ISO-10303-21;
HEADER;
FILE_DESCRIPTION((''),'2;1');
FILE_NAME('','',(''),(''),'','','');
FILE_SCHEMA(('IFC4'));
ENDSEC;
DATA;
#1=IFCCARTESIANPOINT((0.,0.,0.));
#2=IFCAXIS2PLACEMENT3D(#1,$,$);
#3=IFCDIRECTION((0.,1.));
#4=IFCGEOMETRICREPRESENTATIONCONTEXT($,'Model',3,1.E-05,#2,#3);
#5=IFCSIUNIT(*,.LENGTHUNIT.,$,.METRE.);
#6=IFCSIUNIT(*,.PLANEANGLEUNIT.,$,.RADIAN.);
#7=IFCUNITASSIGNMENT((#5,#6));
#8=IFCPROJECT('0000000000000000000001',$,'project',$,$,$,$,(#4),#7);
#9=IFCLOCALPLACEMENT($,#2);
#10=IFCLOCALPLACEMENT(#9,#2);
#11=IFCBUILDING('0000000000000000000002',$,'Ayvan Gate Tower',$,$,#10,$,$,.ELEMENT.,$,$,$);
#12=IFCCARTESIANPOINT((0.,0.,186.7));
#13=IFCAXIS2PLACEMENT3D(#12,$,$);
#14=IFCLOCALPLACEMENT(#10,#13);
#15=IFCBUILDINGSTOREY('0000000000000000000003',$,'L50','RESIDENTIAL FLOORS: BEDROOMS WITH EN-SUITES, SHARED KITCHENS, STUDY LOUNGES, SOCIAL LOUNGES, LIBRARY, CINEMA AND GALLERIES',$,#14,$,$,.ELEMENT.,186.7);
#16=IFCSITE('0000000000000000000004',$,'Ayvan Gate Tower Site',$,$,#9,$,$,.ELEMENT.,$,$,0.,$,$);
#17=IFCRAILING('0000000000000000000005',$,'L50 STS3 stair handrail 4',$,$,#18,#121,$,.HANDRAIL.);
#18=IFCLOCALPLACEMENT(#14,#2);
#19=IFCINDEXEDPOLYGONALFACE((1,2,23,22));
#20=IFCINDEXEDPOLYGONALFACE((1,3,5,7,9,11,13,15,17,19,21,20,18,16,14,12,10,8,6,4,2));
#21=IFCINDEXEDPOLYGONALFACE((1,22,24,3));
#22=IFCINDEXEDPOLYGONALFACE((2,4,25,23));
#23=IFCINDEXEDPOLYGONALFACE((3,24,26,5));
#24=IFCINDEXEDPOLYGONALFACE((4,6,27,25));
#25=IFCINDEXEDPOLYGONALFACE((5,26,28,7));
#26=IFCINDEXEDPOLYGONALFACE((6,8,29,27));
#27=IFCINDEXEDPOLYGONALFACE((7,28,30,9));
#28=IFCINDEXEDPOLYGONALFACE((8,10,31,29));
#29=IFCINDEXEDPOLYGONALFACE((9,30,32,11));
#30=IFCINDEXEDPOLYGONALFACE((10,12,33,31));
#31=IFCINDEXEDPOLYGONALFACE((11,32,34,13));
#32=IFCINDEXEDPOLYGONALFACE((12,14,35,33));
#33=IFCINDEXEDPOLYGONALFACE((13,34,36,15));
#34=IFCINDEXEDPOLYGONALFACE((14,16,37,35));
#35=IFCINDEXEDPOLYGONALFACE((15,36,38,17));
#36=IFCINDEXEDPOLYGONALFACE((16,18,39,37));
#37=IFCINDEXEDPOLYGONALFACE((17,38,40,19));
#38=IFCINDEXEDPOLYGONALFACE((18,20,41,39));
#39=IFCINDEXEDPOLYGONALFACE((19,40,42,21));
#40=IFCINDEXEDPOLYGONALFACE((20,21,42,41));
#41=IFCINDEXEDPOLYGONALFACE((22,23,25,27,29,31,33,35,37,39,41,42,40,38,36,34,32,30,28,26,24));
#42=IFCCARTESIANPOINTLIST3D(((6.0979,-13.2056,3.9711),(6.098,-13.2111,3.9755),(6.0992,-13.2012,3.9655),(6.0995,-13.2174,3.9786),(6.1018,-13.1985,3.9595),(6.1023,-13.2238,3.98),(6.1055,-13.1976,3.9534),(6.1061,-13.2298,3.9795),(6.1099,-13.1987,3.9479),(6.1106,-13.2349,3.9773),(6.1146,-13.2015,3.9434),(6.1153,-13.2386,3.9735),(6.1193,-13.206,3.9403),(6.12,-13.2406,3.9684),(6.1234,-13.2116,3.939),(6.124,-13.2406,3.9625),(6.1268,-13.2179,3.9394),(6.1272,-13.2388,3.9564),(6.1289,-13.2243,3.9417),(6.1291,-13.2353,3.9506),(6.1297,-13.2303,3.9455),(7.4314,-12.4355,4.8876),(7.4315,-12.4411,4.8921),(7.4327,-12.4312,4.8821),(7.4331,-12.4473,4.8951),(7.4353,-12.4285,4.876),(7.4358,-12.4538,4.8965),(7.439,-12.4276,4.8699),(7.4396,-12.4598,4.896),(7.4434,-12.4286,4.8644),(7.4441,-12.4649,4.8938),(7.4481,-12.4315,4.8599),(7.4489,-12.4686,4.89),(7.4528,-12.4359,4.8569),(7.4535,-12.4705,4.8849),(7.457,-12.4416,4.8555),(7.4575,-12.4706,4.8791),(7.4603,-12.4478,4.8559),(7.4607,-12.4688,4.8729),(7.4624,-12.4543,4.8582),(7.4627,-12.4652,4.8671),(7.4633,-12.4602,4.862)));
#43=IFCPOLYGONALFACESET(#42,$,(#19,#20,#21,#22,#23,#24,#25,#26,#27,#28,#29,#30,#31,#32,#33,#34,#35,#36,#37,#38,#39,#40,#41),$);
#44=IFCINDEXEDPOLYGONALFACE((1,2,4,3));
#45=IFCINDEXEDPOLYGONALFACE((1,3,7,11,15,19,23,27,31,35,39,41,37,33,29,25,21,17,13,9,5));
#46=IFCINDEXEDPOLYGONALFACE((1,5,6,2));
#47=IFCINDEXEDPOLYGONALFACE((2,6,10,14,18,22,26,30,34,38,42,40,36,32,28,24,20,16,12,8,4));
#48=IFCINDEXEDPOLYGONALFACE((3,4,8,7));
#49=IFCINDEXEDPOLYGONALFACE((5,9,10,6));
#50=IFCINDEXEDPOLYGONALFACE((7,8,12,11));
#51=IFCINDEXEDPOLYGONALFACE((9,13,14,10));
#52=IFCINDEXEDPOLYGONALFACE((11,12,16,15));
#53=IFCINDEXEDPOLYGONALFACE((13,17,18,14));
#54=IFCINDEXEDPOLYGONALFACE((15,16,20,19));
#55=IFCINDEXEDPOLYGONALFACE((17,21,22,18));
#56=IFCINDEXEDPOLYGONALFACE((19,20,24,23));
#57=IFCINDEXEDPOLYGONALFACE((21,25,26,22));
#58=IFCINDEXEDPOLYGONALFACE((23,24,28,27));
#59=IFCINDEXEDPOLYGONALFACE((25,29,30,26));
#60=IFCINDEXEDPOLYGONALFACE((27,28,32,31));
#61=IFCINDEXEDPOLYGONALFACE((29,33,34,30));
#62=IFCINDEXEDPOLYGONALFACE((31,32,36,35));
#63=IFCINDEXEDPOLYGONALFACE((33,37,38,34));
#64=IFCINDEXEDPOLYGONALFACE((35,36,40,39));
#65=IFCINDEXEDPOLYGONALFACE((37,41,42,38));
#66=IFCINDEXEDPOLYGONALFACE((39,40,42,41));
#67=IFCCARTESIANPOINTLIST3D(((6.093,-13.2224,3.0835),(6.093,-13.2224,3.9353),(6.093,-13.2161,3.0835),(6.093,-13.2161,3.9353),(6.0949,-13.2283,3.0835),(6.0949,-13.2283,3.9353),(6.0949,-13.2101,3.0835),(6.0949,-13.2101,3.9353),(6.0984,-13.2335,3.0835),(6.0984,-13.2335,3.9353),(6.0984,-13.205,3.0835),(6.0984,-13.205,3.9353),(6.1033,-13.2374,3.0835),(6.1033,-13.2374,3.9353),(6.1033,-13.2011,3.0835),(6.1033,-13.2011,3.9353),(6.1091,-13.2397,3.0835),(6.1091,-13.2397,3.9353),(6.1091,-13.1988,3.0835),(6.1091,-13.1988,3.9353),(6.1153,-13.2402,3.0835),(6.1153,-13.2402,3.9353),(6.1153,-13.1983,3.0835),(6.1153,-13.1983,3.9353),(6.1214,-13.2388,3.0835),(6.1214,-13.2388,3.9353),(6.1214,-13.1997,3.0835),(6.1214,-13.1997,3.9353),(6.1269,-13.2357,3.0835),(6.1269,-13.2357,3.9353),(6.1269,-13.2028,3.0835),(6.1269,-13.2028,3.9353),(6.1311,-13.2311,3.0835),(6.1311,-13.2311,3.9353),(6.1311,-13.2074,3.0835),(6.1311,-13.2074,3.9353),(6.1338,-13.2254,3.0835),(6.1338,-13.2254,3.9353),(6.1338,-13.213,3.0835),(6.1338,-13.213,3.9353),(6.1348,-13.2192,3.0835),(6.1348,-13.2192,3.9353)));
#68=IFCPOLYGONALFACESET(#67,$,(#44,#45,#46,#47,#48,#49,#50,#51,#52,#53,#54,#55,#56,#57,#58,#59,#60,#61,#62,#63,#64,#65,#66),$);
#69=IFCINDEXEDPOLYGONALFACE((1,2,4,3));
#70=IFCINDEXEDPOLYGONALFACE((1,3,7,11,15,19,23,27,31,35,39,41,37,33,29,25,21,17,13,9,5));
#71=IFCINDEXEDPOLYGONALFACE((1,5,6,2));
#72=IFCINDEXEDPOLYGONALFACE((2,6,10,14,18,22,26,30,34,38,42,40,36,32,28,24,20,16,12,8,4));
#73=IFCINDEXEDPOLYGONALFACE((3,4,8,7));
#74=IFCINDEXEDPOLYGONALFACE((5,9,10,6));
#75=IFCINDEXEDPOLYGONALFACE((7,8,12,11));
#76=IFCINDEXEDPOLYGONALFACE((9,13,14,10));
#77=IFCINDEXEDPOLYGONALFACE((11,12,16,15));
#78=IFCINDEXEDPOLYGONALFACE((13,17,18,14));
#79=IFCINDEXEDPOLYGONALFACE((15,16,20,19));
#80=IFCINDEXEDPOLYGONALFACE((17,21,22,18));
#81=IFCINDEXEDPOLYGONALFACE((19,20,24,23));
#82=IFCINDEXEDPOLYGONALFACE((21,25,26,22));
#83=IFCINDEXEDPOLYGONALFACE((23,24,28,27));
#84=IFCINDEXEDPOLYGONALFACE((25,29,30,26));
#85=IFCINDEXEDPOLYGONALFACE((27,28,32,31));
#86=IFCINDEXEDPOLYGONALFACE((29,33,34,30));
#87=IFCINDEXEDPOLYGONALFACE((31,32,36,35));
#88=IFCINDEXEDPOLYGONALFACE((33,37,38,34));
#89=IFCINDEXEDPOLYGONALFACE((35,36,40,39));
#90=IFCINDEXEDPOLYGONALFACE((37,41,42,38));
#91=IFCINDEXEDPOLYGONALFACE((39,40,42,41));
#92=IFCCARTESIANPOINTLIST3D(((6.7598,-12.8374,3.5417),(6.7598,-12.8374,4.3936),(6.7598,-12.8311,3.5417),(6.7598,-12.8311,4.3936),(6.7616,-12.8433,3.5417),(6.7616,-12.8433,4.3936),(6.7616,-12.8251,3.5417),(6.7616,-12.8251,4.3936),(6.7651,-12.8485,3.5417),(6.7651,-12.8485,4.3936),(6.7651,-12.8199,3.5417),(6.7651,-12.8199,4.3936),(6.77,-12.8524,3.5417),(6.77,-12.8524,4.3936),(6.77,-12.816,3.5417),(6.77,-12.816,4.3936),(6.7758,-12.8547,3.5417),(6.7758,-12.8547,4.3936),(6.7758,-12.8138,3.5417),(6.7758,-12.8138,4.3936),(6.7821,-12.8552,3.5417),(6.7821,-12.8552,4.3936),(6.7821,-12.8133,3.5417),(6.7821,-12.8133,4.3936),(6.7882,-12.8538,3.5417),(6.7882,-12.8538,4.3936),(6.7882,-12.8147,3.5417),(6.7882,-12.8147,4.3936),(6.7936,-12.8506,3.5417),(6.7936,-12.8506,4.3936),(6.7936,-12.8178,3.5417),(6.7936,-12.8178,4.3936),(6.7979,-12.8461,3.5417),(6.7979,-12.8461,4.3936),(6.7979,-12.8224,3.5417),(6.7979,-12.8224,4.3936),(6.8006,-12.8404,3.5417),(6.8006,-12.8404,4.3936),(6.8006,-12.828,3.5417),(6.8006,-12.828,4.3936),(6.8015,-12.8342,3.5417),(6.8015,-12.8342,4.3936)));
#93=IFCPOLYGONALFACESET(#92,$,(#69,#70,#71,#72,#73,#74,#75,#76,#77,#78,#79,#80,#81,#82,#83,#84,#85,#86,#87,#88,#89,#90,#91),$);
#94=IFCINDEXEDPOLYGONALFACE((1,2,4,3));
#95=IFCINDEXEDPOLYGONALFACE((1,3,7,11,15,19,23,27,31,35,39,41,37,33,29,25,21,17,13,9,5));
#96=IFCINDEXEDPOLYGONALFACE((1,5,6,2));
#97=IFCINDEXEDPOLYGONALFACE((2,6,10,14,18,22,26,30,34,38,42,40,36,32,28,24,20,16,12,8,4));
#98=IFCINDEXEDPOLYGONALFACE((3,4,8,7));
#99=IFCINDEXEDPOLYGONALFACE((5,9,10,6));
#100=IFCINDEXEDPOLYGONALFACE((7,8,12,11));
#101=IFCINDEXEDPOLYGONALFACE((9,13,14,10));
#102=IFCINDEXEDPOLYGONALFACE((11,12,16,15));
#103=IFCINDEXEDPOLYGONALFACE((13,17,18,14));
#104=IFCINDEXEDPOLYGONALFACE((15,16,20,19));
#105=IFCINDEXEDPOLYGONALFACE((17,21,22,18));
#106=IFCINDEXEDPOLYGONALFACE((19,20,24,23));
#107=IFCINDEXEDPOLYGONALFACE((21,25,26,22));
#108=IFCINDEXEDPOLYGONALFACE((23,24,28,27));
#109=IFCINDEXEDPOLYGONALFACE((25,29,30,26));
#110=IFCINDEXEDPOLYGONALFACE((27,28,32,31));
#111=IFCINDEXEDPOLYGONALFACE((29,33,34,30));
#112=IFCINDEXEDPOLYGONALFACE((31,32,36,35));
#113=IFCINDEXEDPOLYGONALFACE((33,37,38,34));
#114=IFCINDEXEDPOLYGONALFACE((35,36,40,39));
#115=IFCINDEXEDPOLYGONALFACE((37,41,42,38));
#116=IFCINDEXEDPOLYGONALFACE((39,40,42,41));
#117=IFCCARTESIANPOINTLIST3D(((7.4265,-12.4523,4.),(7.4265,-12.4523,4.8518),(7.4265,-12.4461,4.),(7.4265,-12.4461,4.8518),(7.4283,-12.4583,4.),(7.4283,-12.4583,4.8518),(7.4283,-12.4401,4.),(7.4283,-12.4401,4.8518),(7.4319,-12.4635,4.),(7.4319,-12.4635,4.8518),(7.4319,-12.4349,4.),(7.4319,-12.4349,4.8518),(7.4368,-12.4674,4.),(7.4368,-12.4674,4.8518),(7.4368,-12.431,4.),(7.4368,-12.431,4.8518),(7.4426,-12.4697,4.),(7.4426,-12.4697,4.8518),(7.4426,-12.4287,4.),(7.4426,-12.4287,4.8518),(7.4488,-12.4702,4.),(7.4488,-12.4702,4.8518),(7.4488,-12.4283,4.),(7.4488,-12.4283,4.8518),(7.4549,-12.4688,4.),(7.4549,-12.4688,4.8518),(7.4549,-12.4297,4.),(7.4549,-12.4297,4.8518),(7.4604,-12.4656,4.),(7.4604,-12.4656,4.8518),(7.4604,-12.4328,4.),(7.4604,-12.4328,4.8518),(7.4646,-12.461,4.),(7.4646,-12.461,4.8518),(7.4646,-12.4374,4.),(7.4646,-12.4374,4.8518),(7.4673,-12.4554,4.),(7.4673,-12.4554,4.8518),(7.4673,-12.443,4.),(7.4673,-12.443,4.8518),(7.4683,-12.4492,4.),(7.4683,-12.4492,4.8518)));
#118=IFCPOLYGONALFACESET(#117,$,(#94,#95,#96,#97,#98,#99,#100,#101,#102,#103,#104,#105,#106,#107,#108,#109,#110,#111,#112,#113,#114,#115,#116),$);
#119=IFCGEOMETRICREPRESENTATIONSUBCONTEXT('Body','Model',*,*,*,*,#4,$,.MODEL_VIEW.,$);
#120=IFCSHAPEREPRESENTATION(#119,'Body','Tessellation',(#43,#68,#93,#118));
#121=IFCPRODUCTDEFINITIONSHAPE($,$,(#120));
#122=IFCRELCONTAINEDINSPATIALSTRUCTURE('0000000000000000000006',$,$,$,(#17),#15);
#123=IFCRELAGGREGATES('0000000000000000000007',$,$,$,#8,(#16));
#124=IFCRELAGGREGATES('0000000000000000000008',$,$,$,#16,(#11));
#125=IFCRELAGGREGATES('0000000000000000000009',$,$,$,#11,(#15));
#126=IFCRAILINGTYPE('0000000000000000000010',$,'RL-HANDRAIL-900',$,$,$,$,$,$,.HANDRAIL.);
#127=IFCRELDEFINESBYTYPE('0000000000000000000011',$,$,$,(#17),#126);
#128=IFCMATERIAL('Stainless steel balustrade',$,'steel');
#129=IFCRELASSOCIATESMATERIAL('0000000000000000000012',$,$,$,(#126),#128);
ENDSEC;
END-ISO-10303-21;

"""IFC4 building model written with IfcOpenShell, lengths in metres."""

from ifc_helpers import new_model, si_unit, direction, frame, origin, origin_2d, place, context, subcontext, project, spatial, circle, extrude, material, type_object, element, save


model = new_model("IFC4")

# Units and contexts
model_context = context("Model", 3, precision=1e-05, world=origin(), true_north=direction((0.0, 1.0)))
body_context = subcontext(model_context, "Body", "Model", "MODEL_VIEW")
ifc_project = project(units=[si_unit("LENGTHUNIT", "METRE"), si_unit("PLANEANGLEUNIT", "RADIAN")], contexts=[model_context])

# Site, building, storey
site_placement = place(None, origin())
site = spatial("IfcSite", under=ifc_project, at=site_placement, Name="Ayvan Gate Tower Site", CompositionType="ELEMENT", RefElevation=0.0)
building_placement = place(site_placement, origin())
building = spatial("IfcBuilding", under=site, at=building_placement, Name="Ayvan Gate Tower", CompositionType="ELEMENT")
storey_placement = place(building_placement, frame((0.0, 0.0, 186.7)))
storey = spatial("IfcBuildingStorey", under=building, at=storey_placement, Name="L50", Description="RESIDENTIAL FLOORS: BEDROOMS WITH EN-SUITES, SHARED KITCHENS, STUDY LOUNGES, SOCIAL LOUNGES, LIBRARY, CINEMA AND GALLERIES", CompositionType="ELEMENT", Elevation=186.7)

# Railing
ifc_material_1 = material(Name="Stainless steel balustrade", Category="steel")
railing_type_1 = type_object("IfcRailingType", Name="RL-HANDRAIL-900", PredefinedType="HANDRAIL", material=ifc_material_1)
railing_1_placement = place(storey_placement, frame((6.1138, -13.2192, 3.0835)))
element("IfcRailing", 1, at=railing_1_placement, inside=storey, type_object=railing_type_1, Name="L50 STS3 stair handrail 4", PredefinedType="HANDRAIL", context=body_context, shape_type="SweptSolid", body=[
    extrude(circle(Radius=0.0239, at=origin_2d()), frame((0.0, 0.0, 0.876), z_axis=(0.744155, 0.429708, 0.511453), x_axis=(-0.500061, 0.86599, 0.0)), (0.0, 0.0, 1.0), 1.792),
    extrude(circle(Radius=0.021, at=origin_2d()), origin(), (0.0, 0.0, 1.0), 0.8518),
    extrude(circle(Radius=0.021, at=origin_2d()), frame((0.6667, 0.385, 0.4583)), (0.0, 0.0, 1.0), 0.8518),
    extrude(circle(Radius=0.021, at=origin_2d()), frame((1.3335, 0.77, 0.9165)), (0.0, 0.0, 1.0), 0.8518),
])

save(model, "model.ifc")
